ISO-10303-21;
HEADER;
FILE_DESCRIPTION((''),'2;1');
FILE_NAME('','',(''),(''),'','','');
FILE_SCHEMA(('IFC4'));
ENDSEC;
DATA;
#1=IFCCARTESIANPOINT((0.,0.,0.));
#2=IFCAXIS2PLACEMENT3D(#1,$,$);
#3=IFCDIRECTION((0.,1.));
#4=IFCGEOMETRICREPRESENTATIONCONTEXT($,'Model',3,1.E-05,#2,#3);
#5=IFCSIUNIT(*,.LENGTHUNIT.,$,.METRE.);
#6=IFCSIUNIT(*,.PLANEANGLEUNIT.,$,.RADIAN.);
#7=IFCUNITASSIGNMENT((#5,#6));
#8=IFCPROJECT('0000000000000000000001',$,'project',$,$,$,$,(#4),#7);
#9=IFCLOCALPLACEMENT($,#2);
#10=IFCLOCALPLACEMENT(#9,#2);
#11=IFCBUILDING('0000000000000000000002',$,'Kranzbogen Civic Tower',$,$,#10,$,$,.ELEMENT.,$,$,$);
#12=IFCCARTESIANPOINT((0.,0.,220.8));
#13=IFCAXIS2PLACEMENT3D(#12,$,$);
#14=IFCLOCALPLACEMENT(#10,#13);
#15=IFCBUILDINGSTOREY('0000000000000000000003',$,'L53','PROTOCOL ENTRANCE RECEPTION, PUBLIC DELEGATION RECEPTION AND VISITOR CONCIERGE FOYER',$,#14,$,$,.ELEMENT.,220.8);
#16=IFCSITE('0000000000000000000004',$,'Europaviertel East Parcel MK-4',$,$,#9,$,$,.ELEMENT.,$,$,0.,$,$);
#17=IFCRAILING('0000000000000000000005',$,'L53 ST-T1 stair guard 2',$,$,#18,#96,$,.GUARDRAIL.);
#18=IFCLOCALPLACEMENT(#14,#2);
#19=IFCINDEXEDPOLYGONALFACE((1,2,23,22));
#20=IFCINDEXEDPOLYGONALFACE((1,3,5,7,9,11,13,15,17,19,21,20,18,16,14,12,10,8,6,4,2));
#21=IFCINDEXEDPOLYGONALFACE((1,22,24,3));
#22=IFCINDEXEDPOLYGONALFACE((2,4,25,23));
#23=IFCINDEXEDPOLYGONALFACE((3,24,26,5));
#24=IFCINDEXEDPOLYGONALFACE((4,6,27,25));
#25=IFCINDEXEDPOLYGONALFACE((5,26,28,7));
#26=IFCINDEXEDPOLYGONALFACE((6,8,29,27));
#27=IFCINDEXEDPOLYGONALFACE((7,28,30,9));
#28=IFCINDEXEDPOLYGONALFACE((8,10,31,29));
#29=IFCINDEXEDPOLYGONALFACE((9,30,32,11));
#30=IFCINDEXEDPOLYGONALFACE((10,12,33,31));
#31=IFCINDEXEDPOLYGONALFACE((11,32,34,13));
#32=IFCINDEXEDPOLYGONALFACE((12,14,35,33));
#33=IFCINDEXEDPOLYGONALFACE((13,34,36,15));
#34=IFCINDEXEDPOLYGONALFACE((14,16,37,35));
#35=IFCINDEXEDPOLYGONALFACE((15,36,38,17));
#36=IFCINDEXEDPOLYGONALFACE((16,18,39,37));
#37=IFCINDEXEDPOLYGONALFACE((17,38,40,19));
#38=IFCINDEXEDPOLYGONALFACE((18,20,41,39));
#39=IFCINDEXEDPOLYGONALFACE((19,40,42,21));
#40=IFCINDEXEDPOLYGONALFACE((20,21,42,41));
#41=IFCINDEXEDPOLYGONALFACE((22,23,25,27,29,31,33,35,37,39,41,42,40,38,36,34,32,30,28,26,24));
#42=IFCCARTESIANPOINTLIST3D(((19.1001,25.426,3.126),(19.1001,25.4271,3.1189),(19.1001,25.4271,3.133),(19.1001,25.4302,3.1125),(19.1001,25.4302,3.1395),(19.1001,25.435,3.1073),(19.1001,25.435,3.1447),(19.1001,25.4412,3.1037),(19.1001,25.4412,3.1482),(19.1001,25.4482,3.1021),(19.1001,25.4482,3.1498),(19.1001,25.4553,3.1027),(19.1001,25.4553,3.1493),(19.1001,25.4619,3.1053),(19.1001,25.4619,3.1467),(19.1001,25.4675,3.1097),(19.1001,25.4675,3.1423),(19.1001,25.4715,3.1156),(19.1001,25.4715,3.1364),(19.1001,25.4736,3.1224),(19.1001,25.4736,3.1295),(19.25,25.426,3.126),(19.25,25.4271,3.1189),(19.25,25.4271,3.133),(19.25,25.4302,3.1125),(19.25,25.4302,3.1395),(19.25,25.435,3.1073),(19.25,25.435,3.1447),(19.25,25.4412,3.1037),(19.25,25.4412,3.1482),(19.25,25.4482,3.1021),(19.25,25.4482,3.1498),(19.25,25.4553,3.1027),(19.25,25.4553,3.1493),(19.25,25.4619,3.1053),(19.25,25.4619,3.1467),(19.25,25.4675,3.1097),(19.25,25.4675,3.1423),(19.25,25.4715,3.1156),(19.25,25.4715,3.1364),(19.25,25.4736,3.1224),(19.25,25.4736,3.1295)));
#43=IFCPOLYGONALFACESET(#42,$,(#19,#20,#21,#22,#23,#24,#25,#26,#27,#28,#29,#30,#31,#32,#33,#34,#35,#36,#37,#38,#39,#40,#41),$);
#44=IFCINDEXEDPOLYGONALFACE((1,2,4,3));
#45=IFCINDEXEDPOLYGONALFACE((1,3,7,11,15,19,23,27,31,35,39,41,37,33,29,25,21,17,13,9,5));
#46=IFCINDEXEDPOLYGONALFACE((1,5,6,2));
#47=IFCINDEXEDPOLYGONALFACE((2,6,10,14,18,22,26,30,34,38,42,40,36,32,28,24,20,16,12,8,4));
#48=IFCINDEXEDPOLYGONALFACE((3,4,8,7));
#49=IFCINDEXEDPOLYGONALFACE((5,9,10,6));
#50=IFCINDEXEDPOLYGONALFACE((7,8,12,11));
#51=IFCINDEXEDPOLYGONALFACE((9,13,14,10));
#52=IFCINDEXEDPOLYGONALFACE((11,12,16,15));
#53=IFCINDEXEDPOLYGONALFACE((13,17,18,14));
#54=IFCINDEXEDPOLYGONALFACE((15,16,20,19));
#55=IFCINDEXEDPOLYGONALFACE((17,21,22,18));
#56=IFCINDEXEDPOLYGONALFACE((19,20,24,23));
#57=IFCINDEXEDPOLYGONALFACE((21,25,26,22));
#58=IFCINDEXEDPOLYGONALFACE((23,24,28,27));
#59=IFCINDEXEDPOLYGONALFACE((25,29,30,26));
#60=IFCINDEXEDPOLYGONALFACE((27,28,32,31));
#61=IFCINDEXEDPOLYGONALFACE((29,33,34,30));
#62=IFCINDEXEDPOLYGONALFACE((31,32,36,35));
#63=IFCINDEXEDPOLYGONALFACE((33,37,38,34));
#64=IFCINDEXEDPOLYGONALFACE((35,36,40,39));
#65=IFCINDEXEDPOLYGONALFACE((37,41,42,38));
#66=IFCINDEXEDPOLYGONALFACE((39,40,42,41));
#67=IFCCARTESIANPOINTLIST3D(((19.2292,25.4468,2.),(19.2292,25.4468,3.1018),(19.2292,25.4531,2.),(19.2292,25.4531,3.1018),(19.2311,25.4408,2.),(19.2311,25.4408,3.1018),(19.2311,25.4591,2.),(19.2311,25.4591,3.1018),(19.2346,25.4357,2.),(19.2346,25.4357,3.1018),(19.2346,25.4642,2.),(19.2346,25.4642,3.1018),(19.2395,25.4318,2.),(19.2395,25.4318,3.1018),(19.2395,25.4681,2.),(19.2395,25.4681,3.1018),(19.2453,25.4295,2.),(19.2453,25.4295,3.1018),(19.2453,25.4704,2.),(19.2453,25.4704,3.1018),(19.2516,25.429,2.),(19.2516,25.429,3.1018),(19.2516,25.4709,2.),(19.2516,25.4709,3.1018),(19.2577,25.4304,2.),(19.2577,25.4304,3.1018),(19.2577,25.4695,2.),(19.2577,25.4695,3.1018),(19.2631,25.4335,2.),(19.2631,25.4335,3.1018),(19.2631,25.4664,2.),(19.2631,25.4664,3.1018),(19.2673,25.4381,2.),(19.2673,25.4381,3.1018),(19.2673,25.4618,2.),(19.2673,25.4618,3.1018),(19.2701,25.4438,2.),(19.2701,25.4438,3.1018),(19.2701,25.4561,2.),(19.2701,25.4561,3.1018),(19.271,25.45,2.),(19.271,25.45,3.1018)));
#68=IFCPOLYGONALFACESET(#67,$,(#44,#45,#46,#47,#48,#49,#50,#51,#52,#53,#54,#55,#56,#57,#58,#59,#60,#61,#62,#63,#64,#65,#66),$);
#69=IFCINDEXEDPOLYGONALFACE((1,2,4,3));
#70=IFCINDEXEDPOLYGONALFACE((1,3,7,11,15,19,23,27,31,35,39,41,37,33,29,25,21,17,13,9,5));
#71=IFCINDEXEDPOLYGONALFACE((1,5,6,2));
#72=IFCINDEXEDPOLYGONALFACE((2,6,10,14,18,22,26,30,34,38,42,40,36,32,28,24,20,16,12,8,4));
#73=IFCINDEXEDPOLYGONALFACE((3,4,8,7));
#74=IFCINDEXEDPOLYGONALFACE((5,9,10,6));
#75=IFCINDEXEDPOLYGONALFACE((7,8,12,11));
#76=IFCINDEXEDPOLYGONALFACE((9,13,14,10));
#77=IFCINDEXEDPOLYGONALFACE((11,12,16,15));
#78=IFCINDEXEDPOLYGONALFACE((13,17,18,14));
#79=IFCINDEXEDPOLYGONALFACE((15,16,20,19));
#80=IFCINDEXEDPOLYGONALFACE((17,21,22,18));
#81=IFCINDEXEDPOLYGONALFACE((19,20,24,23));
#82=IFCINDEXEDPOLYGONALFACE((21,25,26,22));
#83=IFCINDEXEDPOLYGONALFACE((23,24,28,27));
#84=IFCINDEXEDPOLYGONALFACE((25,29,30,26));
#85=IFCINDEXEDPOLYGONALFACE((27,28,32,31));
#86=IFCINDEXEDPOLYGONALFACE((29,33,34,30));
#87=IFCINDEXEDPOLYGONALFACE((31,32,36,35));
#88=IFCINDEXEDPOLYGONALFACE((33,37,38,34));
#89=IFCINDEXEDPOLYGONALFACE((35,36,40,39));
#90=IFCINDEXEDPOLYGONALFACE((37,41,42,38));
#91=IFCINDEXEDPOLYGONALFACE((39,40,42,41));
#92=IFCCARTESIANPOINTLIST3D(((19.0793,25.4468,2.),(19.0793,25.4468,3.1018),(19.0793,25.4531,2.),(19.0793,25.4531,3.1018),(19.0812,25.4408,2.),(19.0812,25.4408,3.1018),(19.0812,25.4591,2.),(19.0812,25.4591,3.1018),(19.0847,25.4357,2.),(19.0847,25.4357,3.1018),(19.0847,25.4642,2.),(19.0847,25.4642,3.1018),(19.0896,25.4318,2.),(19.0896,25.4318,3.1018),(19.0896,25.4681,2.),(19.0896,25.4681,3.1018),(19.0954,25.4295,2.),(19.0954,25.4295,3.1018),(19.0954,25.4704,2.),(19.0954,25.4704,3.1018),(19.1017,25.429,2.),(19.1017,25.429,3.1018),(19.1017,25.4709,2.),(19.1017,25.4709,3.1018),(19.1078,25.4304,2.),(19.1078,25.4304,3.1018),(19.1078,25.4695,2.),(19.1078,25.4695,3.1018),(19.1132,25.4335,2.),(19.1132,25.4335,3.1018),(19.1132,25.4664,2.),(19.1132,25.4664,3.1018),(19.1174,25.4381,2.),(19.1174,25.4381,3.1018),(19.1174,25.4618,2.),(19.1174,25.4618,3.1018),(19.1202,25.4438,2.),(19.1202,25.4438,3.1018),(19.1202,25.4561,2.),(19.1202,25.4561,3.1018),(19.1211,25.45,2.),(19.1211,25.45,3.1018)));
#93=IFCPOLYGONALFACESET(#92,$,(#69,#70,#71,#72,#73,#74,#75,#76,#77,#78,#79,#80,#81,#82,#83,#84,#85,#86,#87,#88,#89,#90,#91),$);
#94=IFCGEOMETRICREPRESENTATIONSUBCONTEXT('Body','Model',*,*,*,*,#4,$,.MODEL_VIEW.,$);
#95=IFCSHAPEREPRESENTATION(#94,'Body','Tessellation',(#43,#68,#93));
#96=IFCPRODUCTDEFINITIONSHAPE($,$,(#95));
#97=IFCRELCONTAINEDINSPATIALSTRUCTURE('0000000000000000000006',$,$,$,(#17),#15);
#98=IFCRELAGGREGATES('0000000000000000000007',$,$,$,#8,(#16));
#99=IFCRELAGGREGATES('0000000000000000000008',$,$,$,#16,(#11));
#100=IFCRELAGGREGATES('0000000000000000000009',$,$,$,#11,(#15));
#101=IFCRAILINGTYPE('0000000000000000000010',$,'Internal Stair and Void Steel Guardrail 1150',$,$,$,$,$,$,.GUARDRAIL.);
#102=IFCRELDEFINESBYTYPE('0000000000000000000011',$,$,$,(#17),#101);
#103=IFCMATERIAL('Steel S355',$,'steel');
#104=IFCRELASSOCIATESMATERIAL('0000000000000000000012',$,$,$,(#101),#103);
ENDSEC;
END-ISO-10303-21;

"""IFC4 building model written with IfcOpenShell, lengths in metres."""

from ifc_helpers import new_model, si_unit, direction, frame, origin, origin_2d, place, context, subcontext, project, spatial, circle, extrude, material, type_object, element, save


model = new_model("IFC4")

# Units and contexts
model_context = context("Model", 3, precision=1e-05, world=origin(), true_north=direction((0.0, 1.0)))
body_context = subcontext(model_context, "Body", "Model", "MODEL_VIEW")
ifc_project = project(units=[si_unit("LENGTHUNIT", "METRE"), si_unit("PLANEANGLEUNIT", "RADIAN")], contexts=[model_context])

# Site, building, storey
site_placement = place(None, origin())
site = spatial("IfcSite", under=ifc_project, at=site_placement, Name="Europaviertel East Parcel MK-4", CompositionType="ELEMENT", RefElevation=0.0)
building_placement = place(site_placement, origin())
building = spatial("IfcBuilding", under=site, at=building_placement, Name="Kranzbogen Civic Tower", CompositionType="ELEMENT")
storey_placement = place(building_placement, frame((0.0, 0.0, 220.8)))
storey = spatial("IfcBuildingStorey", under=building, at=storey_placement, Name="L53", Description="PROTOCOL ENTRANCE RECEPTION, PUBLIC DELEGATION RECEPTION AND VISITOR CONCIERGE FOYER", CompositionType="ELEMENT", Elevation=220.8)

# Shared definitions
ifc_material_1 = material(Name="Steel S355", Category="steel")

# Railing
railing_type_1 = type_object("IfcRailingType", Name="Internal Stair and Void Steel Guardrail 1150", PredefinedType="GUARDRAIL", material=ifc_material_1)
railing_1_placement = place(storey_placement, frame((19.25, 25.45, 2.0)))
element("IfcRailing", 1, at=railing_1_placement, inside=storey, type_object=railing_type_1, Name="L53 ST-T1 stair guard 2", PredefinedType="GUARDRAIL", context=body_context, shape_type="SweptSolid", body=[
    extrude(circle(Radius=0.0239, at=origin_2d()), frame((0.0, 0.0, 1.126), z_axis=(-1.0, 0.0, 0.0), x_axis=(0.0, -1.0, 0.0)), (0.0, 0.0, 1.0), 0.1499),
    extrude(circle(Radius=0.021, at=origin_2d()), origin(), (0.0, 0.0, 1.0), 1.1018),
    extrude(circle(Radius=0.021, at=origin_2d()), frame((-0.1499, 0.0, 0.0)), (0.0, 0.0, 1.0), 1.1018),
])

save(model, "model.ifc")
